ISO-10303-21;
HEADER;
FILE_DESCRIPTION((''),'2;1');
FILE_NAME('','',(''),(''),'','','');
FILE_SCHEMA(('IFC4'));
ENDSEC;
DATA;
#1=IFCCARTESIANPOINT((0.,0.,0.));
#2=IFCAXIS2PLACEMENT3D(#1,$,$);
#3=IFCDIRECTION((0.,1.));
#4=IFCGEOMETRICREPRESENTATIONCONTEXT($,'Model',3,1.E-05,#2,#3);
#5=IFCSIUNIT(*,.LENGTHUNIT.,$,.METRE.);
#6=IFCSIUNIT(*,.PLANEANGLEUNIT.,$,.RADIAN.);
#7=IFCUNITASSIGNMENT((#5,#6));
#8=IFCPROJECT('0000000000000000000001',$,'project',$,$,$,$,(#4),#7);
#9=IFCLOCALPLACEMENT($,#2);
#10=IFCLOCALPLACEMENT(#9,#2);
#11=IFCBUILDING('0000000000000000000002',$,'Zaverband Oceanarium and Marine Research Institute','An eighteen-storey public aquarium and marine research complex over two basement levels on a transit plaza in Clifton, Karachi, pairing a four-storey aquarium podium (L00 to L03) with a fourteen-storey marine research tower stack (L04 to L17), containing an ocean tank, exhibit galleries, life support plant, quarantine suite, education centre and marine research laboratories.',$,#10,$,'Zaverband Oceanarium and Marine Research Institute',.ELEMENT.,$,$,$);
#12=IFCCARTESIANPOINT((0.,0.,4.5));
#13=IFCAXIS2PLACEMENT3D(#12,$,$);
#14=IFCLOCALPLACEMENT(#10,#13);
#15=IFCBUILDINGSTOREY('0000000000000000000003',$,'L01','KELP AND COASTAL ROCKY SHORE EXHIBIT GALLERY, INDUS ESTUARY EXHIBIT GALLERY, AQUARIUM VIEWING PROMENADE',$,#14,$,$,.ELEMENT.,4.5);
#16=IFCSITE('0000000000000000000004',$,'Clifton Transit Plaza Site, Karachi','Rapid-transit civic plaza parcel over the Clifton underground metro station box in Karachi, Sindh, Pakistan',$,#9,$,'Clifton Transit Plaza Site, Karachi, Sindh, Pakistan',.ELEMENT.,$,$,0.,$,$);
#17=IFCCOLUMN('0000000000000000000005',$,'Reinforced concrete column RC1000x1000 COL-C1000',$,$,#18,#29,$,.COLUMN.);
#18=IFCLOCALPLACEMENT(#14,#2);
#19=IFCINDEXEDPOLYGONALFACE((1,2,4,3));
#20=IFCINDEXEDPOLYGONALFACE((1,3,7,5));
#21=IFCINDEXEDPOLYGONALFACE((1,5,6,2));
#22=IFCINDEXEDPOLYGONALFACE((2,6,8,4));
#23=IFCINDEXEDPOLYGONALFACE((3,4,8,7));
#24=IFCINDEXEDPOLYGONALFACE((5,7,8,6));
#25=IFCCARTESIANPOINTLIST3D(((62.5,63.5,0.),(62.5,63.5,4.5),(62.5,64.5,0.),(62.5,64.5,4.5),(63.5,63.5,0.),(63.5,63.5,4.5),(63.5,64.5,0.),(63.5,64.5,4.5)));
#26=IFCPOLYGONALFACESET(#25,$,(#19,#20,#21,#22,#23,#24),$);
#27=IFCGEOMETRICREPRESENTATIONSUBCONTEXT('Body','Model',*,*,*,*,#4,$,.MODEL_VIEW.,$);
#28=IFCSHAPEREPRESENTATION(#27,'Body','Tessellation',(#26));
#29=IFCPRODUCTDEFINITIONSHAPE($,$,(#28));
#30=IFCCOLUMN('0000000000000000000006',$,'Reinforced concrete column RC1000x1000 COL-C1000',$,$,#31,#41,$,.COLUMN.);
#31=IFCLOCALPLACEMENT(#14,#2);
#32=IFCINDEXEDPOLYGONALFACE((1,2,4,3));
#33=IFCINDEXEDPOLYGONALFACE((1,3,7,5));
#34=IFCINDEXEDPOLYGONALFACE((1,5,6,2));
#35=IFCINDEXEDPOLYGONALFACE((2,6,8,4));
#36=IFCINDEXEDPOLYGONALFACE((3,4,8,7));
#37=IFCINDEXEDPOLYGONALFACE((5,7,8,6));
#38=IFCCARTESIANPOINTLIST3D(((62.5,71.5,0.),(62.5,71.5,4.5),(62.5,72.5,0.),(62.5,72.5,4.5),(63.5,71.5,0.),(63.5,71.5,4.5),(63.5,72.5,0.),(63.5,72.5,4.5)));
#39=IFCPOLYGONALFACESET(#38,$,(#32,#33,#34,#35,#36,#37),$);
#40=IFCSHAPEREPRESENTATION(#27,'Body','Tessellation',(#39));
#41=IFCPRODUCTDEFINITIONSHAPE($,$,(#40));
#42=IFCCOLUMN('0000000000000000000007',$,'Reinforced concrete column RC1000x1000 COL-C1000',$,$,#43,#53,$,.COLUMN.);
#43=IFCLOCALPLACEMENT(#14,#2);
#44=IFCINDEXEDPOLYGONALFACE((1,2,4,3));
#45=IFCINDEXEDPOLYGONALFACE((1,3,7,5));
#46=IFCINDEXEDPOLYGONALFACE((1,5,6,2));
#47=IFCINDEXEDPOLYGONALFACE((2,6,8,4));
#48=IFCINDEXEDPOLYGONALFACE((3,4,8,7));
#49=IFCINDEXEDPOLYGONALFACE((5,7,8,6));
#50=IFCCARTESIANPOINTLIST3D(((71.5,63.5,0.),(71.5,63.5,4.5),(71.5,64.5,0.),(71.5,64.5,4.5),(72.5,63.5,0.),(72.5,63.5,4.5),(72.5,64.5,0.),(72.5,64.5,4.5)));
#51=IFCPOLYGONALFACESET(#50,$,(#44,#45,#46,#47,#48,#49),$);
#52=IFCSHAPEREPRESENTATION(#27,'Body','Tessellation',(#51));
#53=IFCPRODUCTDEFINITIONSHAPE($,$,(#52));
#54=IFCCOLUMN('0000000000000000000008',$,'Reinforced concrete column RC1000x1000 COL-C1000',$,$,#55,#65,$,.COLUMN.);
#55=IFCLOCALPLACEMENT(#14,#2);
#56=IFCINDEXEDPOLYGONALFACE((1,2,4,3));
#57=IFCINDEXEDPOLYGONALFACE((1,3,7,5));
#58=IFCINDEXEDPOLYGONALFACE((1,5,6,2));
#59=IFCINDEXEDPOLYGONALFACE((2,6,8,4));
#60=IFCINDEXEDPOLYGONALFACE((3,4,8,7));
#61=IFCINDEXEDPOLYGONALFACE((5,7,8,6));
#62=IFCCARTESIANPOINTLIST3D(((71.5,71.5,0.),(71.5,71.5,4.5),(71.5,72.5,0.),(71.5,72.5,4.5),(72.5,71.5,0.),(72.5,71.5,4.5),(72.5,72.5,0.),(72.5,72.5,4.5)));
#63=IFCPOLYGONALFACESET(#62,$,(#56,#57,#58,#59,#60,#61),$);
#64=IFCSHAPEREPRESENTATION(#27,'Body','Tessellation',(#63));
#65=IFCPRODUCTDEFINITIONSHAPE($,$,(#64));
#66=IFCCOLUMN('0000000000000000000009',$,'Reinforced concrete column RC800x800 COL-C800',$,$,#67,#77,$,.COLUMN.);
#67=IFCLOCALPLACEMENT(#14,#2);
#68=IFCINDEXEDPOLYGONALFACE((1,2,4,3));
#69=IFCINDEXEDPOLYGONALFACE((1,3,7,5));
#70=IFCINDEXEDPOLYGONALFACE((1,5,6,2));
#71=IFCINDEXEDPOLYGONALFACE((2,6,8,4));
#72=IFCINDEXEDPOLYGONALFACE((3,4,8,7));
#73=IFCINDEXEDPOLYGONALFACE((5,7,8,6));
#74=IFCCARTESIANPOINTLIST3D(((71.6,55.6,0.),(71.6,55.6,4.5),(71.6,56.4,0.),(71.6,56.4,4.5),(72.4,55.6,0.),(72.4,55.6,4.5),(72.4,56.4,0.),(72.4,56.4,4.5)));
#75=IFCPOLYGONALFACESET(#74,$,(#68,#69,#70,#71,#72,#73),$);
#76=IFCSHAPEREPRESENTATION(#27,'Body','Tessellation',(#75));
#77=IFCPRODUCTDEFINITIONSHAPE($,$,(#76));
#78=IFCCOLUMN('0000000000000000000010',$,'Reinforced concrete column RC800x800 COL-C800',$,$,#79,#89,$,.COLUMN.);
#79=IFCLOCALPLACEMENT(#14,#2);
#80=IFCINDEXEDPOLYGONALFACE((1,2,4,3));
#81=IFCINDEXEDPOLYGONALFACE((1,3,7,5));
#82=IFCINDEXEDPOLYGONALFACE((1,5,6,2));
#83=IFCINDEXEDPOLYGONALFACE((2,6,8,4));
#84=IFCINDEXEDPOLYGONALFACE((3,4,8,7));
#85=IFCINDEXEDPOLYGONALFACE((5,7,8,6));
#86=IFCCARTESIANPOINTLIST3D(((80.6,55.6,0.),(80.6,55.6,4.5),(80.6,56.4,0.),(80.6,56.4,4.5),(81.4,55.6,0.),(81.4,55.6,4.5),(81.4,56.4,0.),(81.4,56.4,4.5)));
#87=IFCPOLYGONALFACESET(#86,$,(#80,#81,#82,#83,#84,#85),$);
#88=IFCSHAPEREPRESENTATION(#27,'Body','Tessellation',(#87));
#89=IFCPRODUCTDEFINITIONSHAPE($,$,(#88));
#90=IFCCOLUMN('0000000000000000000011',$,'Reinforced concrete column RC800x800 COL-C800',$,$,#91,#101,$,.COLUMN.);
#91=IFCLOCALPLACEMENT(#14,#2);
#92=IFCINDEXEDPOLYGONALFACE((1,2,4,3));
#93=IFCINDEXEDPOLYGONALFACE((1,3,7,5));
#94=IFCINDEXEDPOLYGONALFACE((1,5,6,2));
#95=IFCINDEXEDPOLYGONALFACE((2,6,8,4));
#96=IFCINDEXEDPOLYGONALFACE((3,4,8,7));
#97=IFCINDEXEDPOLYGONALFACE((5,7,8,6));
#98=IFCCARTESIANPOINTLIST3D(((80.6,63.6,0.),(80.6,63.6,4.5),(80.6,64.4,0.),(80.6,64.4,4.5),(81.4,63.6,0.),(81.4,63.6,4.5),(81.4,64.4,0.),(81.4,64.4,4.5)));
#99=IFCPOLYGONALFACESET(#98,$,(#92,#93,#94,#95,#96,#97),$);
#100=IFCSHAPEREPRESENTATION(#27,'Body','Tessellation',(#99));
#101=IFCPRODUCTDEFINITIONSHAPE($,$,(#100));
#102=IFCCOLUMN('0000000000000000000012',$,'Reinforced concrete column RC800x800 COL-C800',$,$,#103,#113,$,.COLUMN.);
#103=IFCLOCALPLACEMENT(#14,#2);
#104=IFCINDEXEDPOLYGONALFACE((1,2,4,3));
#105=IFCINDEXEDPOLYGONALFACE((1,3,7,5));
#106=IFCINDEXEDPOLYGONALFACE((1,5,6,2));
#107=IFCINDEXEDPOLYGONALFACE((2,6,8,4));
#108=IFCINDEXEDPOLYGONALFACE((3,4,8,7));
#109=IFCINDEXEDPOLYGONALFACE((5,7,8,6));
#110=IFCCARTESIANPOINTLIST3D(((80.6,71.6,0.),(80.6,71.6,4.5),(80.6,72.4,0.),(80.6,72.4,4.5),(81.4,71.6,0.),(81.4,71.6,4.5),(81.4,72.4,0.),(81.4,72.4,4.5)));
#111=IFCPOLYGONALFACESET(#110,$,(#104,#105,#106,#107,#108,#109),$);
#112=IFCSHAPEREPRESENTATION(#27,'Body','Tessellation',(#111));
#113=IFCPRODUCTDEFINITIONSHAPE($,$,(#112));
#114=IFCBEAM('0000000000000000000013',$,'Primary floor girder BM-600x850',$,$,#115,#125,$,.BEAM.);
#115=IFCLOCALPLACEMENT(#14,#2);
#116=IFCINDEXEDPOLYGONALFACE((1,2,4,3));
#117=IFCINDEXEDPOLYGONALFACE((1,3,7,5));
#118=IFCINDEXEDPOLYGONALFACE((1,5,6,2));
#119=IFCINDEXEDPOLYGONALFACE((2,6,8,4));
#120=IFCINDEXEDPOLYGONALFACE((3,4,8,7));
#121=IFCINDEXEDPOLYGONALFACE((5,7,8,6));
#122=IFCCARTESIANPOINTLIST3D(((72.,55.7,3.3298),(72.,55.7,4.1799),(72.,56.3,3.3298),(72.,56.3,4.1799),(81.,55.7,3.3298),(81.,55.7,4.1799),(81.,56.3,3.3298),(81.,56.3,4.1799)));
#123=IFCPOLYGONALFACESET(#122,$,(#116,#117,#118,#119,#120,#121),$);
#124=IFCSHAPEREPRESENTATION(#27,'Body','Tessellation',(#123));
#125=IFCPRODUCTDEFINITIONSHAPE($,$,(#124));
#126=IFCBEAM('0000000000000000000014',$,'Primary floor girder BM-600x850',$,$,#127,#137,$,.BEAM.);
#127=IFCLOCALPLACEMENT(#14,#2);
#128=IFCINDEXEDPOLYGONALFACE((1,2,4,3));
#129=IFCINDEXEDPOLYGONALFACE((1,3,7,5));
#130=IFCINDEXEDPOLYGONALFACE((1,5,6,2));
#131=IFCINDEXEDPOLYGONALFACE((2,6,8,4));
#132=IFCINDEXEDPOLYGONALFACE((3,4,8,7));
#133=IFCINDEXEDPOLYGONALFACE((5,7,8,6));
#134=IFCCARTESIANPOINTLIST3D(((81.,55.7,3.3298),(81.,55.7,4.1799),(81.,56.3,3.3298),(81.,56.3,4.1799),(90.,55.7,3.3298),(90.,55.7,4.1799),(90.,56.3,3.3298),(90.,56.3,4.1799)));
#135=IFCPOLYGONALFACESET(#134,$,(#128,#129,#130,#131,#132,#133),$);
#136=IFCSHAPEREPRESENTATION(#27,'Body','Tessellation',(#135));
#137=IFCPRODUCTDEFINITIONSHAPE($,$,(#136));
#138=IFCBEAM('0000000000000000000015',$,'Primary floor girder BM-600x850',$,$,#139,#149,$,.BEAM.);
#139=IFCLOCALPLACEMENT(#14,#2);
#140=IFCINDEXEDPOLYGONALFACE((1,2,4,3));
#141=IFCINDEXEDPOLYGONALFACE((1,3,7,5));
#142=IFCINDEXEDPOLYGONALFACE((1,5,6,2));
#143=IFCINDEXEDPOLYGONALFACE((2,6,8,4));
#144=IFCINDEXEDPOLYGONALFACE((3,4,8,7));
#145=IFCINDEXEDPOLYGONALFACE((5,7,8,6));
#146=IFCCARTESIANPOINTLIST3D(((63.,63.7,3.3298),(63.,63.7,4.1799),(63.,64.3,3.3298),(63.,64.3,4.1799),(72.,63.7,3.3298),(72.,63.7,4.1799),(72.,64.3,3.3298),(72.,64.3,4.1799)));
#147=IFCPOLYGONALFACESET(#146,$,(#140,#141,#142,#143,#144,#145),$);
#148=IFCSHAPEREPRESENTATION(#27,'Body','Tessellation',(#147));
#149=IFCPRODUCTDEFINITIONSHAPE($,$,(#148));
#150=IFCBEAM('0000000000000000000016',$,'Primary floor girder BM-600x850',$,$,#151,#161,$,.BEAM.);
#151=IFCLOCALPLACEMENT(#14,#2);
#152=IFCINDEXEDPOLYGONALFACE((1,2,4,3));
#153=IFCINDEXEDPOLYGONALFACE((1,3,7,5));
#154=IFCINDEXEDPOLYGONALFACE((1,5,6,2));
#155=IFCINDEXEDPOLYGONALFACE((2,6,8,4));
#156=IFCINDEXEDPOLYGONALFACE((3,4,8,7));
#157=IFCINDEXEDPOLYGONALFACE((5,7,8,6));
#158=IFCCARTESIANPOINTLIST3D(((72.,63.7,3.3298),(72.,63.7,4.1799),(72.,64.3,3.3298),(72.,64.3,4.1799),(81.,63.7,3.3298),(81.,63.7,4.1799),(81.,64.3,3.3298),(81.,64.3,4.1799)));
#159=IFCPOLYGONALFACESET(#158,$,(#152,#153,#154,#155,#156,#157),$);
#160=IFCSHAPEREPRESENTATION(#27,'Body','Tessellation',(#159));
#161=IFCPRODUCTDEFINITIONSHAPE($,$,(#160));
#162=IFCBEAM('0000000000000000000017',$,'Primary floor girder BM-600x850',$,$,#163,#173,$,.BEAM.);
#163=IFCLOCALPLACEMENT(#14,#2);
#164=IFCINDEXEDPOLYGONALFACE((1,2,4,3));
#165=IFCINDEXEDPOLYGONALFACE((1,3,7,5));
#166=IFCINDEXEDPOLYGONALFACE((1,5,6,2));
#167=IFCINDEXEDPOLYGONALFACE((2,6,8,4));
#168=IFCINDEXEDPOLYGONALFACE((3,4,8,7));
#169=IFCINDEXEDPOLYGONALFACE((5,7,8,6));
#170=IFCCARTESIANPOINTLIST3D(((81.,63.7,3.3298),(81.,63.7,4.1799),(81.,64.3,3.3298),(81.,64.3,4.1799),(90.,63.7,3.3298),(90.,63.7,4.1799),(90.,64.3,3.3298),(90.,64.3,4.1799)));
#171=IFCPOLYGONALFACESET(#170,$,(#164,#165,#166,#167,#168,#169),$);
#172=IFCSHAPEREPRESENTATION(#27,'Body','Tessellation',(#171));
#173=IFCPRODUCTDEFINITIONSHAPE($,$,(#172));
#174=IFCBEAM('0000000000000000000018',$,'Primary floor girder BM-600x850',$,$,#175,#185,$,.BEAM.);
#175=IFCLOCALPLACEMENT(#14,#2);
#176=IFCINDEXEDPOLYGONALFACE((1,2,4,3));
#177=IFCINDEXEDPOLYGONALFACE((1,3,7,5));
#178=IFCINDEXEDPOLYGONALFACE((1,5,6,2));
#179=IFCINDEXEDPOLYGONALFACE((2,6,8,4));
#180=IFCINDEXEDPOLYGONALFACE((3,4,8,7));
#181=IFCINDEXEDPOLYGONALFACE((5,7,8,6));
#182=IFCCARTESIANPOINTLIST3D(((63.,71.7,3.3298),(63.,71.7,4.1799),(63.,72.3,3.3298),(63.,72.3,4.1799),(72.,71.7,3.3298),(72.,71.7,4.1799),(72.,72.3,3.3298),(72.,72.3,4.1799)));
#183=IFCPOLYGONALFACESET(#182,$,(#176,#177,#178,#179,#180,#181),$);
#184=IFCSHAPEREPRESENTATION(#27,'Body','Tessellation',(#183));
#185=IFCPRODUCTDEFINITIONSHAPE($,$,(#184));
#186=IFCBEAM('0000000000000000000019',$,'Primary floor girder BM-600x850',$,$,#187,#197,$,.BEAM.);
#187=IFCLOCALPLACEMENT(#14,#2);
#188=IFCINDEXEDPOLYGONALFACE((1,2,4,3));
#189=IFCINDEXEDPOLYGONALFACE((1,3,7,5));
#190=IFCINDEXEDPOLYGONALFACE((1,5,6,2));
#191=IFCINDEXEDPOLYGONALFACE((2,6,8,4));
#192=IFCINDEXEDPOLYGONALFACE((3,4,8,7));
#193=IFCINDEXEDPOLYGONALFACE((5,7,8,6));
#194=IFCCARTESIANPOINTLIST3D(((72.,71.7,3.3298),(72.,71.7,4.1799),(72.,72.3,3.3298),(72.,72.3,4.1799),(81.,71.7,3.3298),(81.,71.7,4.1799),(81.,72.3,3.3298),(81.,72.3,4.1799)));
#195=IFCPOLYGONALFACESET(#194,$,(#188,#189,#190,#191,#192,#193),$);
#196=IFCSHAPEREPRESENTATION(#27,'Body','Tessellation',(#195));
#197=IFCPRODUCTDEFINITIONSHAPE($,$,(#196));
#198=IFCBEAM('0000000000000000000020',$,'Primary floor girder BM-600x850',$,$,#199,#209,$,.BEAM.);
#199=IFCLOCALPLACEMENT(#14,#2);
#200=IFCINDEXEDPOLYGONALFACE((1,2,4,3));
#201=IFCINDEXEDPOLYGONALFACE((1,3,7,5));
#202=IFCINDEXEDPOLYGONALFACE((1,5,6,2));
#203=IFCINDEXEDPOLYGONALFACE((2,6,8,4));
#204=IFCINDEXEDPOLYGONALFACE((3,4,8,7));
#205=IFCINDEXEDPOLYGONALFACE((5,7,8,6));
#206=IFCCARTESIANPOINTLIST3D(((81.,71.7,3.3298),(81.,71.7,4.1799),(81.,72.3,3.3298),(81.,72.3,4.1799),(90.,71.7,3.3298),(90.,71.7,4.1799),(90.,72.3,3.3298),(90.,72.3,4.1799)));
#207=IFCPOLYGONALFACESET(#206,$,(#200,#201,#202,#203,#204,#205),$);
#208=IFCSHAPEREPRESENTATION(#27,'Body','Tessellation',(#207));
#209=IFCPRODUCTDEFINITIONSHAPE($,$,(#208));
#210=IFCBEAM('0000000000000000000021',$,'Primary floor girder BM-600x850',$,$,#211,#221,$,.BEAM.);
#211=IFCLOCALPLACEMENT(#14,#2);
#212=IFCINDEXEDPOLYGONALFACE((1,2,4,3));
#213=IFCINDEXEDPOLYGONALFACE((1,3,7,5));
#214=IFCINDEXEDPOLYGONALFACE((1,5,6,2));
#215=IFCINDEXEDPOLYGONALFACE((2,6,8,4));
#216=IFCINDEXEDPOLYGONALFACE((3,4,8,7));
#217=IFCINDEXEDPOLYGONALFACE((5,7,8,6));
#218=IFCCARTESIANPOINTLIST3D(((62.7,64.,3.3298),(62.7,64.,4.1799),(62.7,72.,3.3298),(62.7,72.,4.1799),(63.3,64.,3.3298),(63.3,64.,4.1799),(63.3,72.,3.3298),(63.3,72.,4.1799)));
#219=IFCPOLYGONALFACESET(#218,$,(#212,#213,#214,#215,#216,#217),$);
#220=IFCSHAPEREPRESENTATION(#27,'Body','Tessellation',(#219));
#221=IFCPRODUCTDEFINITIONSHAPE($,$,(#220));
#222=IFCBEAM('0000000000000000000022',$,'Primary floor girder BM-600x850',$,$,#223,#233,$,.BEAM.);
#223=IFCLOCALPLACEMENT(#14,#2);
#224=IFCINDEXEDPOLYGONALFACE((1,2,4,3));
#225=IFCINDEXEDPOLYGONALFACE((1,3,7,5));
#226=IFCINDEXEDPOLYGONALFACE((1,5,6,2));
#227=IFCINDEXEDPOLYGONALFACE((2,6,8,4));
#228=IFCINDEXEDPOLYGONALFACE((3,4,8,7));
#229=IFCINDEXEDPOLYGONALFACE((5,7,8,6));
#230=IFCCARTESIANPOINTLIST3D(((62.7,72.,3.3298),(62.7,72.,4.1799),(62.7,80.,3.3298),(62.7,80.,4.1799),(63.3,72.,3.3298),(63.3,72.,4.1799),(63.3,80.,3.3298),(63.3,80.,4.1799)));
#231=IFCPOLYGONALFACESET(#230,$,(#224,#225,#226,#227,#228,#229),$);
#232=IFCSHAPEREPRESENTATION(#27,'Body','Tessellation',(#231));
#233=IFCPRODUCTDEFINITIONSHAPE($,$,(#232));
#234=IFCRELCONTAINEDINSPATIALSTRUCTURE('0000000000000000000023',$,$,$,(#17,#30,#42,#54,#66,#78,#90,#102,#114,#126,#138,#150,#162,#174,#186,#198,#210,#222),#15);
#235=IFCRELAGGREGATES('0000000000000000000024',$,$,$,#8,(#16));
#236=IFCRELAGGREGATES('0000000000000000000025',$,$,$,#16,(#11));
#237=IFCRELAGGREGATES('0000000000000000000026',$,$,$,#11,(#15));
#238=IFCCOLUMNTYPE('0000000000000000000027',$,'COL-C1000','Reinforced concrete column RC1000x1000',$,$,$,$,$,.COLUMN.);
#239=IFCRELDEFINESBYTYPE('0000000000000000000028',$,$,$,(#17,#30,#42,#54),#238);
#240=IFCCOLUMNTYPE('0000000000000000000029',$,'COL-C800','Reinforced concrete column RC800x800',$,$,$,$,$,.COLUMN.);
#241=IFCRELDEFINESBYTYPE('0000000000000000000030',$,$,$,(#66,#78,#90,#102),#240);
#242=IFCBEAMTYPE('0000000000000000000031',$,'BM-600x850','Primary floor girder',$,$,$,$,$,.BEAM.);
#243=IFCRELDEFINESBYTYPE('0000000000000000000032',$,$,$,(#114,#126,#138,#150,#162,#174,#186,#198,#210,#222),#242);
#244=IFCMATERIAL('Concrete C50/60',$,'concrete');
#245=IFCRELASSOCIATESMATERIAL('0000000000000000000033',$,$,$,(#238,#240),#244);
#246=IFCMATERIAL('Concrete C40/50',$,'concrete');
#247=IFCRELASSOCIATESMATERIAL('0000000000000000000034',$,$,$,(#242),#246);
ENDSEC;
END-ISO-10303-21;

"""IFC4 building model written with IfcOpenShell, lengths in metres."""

from ifc_helpers import new_model, si_unit, direction, frame, origin, origin_2d, place, context, subcontext, project, spatial, rectangle, extrude, material, material_profile, profile_set, type_object, element, save


model = new_model("IFC4")

# Units and contexts
model_context = context("Model", 3, precision=1e-05, world=origin(), true_north=direction((0.0, 1.0)))
body_context = subcontext(model_context, "Body", "Model", "MODEL_VIEW")
ifc_project = project(units=[si_unit("LENGTHUNIT", "METRE"), si_unit("PLANEANGLEUNIT", "RADIAN")], contexts=[model_context])

# Site, building, storey
site_placement = place(None, origin())
site = spatial("IfcSite", under=ifc_project, at=site_placement, Name="Clifton Transit Plaza Site, Karachi", Description="Rapid-transit civic plaza parcel over the Clifton underground metro station box in Karachi, Sindh, Pakistan", LongName="Clifton Transit Plaza Site, Karachi, Sindh, Pakistan", CompositionType="ELEMENT", RefElevation=0.0)
building_placement = place(site_placement, origin())
building = spatial("IfcBuilding", under=site, at=building_placement, Name="Zaverband Oceanarium and Marine Research Institute", Description="An eighteen-storey public aquarium and marine research complex over two basement levels on a transit plaza in Clifton, Karachi, pairing a four-storey aquarium podium (L00 to L03) with a fourteen-storey marine research tower stack (L04 to L17), containing an ocean tank, exhibit galleries, life support plant, quarantine suite, education centre and marine research laboratories.", LongName="Zaverband Oceanarium and Marine Research Institute", CompositionType="ELEMENT")
storey_placement = place(building_placement, frame((0.0, 0.0, 4.5)))
storey = spatial("IfcBuildingStorey", under=building, at=storey_placement, Name="L01", Description="KELP AND COASTAL ROCKY SHORE EXHIBIT GALLERY, INDUS ESTUARY EXHIBIT GALLERY, AQUARIUM VIEWING PROMENADE", CompositionType="ELEMENT", Elevation=4.5)

# Columns
ifc_material_1 = material(Name="Concrete C50/60", Category="concrete")
ifc_material_profile_1 = material_profile(ifc_material_1, rectangle(XDim=1.0, YDim=1.0, at=origin_2d()), Name="RC1000x1000")
ifc_profile_set_1 = profile_set([ifc_material_profile_1], Name="Concrete C50/60")
column_type_1 = type_object("IfcColumnType", Name="COL-C1000", Description="Reinforced concrete column RC1000x1000", PredefinedType="COLUMN", material=ifc_profile_set_1)
for number, where, z_axis, x_axis, name in (
    (1, (63.0, 64.0, 0.0), (0.0, 0.0, 1.0), (1.0, 0.0, 0.0), "Reinforced concrete column RC1000x1000 COL-C1000"),
    (2, (63.0, 72.0, 0.0), (0.0, 0.0, 1.0), (1.0, 0.0, 0.0), "Reinforced concrete column RC1000x1000 COL-C1000"),
    (3, (72.0, 64.0, 0.0), (0.0, 0.0, 1.0), (1.0, 0.0, 0.0), "Reinforced concrete column RC1000x1000 COL-C1000"),
    (4, (72.0, 72.0, 0.0), (0.0, 0.0, 1.0), (1.0, 0.0, 0.0), "Reinforced concrete column RC1000x1000 COL-C1000"),
):
    element("IfcColumn", number, at=place(storey_placement, frame(where, z_axis=z_axis, x_axis=x_axis)), inside=storey, type_object=column_type_1, Name=name, PredefinedType="COLUMN", context=body_context, shape_type="SweptSolid", body=[
        extrude(rectangle(XDim=1.0, YDim=1.0, at=origin_2d()), origin(), (0.0, 0.0, 1.0), 4.5),
    ])
ifc_material_profile_2 = material_profile(ifc_material_1, rectangle(XDim=0.8, YDim=0.8, at=origin_2d()), Name="RC800x800")
ifc_profile_set_2 = profile_set([ifc_material_profile_2], Name="Concrete C50/60")
column_type_2 = type_object("IfcColumnType", Name="COL-C800", Description="Reinforced concrete column RC800x800", PredefinedType="COLUMN", material=ifc_profile_set_2)
for number, where, z_axis, x_axis, name in (
    (5, (72.0, 56.0, 0.0), (0.0, 0.0, 1.0), (1.0, 0.0, 0.0), "Reinforced concrete column RC800x800 COL-C800"),
    (6, (81.0, 56.0, 0.0), (0.0, 0.0, 1.0), (1.0, 0.0, 0.0), "Reinforced concrete column RC800x800 COL-C800"),
    (7, (81.0, 64.0, 0.0), (0.0, 0.0, 1.0), (1.0, 0.0, 0.0), "Reinforced concrete column RC800x800 COL-C800"),
    (8, (81.0, 72.0, 0.0), (0.0, 0.0, 1.0), (1.0, 0.0, 0.0), "Reinforced concrete column RC800x800 COL-C800"),
):
    element("IfcColumn", number, at=place(storey_placement, frame(where, z_axis=z_axis, x_axis=x_axis)), inside=storey, type_object=column_type_2, Name=name, PredefinedType="COLUMN", context=body_context, shape_type="SweptSolid", body=[
        extrude(rectangle(XDim=0.8, YDim=0.8, at=origin_2d()), origin(), (0.0, 0.0, 1.0), 4.5),
    ])

# Beams
ifc_material_2 = material(Name="Concrete C40/50", Category="concrete")
ifc_material_profile_3 = material_profile(ifc_material_2, rectangle(XDim=0.6001, YDim=0.8501, at=origin_2d()), Name="RC600x850")
ifc_profile_set_3 = profile_set([ifc_material_profile_3], Name="Concrete C40/50")
beam_type_1 = type_object("IfcBeamType", Name="BM-600x850", Description="Primary floor girder", PredefinedType="BEAM", material=ifc_profile_set_3)
for number, where, z_axis, x_axis, name in (
    (9, (72.0, 56.0, 3.7549), (1.0, 0.0, 0.0), (0.0, 1.0, 0.0), "Primary floor girder BM-600x850"),
    (10, (81.0, 56.0, 3.7549), (1.0, 0.0, 0.0), (0.0, 1.0, 0.0), "Primary floor girder BM-600x850"),
    (11, (63.0, 64.0, 3.7549), (1.0, 0.0, 0.0), (0.0, 1.0, 0.0), "Primary floor girder BM-600x850"),
    (12, (72.0, 64.0, 3.7549), (1.0, 0.0, 0.0), (0.0, 1.0, 0.0), "Primary floor girder BM-600x850"),
    (13, (81.0, 64.0, 3.7549), (1.0, 0.0, 0.0), (0.0, 1.0, 0.0), "Primary floor girder BM-600x850"),
    (14, (63.0, 72.0, 3.7549), (1.0, 0.0, 0.0), (0.0, 1.0, 0.0), "Primary floor girder BM-600x850"),
    (15, (72.0, 72.0, 3.7549), (1.0, 0.0, 0.0), (0.0, 1.0, 0.0), "Primary floor girder BM-600x850"),
    (16, (81.0, 72.0, 3.7549), (1.0, 0.0, 0.0), (0.0, 1.0, 0.0), "Primary floor girder BM-600x850"),
):
    element("IfcBeam", number, at=place(storey_placement, frame(where, z_axis=z_axis, x_axis=x_axis)), inside=storey, type_object=beam_type_1, Name=name, PredefinedType="BEAM", context=body_context, shape_type="SweptSolid", body=[
        extrude(rectangle(XDim=0.6001, YDim=0.8501, at=origin_2d()), origin(), (0.0, 0.0, 1.0), 9.0),
    ])
for number, where, z_axis, x_axis, name in (
    (17, (63.0, 64.0, 3.7549), (0.0, 1.0, 0.0), (-1.0, 0.0, 0.0), "Primary floor girder BM-600x850"),
    (18, (63.0, 72.0, 3.7549), (0.0, 1.0, 0.0), (-1.0, 0.0, 0.0), "Primary floor girder BM-600x850"),
):
    element("IfcBeam", number, at=place(storey_placement, frame(where, z_axis=z_axis, x_axis=x_axis)), inside=storey, type_object=beam_type_1, Name=name, PredefinedType="BEAM", context=body_context, shape_type="SweptSolid", body=[
        extrude(rectangle(XDim=0.6001, YDim=0.8501, at=origin_2d()), origin(), (0.0, 0.0, 1.0), 8.0),
    ])

save(model, "model.ifc")
